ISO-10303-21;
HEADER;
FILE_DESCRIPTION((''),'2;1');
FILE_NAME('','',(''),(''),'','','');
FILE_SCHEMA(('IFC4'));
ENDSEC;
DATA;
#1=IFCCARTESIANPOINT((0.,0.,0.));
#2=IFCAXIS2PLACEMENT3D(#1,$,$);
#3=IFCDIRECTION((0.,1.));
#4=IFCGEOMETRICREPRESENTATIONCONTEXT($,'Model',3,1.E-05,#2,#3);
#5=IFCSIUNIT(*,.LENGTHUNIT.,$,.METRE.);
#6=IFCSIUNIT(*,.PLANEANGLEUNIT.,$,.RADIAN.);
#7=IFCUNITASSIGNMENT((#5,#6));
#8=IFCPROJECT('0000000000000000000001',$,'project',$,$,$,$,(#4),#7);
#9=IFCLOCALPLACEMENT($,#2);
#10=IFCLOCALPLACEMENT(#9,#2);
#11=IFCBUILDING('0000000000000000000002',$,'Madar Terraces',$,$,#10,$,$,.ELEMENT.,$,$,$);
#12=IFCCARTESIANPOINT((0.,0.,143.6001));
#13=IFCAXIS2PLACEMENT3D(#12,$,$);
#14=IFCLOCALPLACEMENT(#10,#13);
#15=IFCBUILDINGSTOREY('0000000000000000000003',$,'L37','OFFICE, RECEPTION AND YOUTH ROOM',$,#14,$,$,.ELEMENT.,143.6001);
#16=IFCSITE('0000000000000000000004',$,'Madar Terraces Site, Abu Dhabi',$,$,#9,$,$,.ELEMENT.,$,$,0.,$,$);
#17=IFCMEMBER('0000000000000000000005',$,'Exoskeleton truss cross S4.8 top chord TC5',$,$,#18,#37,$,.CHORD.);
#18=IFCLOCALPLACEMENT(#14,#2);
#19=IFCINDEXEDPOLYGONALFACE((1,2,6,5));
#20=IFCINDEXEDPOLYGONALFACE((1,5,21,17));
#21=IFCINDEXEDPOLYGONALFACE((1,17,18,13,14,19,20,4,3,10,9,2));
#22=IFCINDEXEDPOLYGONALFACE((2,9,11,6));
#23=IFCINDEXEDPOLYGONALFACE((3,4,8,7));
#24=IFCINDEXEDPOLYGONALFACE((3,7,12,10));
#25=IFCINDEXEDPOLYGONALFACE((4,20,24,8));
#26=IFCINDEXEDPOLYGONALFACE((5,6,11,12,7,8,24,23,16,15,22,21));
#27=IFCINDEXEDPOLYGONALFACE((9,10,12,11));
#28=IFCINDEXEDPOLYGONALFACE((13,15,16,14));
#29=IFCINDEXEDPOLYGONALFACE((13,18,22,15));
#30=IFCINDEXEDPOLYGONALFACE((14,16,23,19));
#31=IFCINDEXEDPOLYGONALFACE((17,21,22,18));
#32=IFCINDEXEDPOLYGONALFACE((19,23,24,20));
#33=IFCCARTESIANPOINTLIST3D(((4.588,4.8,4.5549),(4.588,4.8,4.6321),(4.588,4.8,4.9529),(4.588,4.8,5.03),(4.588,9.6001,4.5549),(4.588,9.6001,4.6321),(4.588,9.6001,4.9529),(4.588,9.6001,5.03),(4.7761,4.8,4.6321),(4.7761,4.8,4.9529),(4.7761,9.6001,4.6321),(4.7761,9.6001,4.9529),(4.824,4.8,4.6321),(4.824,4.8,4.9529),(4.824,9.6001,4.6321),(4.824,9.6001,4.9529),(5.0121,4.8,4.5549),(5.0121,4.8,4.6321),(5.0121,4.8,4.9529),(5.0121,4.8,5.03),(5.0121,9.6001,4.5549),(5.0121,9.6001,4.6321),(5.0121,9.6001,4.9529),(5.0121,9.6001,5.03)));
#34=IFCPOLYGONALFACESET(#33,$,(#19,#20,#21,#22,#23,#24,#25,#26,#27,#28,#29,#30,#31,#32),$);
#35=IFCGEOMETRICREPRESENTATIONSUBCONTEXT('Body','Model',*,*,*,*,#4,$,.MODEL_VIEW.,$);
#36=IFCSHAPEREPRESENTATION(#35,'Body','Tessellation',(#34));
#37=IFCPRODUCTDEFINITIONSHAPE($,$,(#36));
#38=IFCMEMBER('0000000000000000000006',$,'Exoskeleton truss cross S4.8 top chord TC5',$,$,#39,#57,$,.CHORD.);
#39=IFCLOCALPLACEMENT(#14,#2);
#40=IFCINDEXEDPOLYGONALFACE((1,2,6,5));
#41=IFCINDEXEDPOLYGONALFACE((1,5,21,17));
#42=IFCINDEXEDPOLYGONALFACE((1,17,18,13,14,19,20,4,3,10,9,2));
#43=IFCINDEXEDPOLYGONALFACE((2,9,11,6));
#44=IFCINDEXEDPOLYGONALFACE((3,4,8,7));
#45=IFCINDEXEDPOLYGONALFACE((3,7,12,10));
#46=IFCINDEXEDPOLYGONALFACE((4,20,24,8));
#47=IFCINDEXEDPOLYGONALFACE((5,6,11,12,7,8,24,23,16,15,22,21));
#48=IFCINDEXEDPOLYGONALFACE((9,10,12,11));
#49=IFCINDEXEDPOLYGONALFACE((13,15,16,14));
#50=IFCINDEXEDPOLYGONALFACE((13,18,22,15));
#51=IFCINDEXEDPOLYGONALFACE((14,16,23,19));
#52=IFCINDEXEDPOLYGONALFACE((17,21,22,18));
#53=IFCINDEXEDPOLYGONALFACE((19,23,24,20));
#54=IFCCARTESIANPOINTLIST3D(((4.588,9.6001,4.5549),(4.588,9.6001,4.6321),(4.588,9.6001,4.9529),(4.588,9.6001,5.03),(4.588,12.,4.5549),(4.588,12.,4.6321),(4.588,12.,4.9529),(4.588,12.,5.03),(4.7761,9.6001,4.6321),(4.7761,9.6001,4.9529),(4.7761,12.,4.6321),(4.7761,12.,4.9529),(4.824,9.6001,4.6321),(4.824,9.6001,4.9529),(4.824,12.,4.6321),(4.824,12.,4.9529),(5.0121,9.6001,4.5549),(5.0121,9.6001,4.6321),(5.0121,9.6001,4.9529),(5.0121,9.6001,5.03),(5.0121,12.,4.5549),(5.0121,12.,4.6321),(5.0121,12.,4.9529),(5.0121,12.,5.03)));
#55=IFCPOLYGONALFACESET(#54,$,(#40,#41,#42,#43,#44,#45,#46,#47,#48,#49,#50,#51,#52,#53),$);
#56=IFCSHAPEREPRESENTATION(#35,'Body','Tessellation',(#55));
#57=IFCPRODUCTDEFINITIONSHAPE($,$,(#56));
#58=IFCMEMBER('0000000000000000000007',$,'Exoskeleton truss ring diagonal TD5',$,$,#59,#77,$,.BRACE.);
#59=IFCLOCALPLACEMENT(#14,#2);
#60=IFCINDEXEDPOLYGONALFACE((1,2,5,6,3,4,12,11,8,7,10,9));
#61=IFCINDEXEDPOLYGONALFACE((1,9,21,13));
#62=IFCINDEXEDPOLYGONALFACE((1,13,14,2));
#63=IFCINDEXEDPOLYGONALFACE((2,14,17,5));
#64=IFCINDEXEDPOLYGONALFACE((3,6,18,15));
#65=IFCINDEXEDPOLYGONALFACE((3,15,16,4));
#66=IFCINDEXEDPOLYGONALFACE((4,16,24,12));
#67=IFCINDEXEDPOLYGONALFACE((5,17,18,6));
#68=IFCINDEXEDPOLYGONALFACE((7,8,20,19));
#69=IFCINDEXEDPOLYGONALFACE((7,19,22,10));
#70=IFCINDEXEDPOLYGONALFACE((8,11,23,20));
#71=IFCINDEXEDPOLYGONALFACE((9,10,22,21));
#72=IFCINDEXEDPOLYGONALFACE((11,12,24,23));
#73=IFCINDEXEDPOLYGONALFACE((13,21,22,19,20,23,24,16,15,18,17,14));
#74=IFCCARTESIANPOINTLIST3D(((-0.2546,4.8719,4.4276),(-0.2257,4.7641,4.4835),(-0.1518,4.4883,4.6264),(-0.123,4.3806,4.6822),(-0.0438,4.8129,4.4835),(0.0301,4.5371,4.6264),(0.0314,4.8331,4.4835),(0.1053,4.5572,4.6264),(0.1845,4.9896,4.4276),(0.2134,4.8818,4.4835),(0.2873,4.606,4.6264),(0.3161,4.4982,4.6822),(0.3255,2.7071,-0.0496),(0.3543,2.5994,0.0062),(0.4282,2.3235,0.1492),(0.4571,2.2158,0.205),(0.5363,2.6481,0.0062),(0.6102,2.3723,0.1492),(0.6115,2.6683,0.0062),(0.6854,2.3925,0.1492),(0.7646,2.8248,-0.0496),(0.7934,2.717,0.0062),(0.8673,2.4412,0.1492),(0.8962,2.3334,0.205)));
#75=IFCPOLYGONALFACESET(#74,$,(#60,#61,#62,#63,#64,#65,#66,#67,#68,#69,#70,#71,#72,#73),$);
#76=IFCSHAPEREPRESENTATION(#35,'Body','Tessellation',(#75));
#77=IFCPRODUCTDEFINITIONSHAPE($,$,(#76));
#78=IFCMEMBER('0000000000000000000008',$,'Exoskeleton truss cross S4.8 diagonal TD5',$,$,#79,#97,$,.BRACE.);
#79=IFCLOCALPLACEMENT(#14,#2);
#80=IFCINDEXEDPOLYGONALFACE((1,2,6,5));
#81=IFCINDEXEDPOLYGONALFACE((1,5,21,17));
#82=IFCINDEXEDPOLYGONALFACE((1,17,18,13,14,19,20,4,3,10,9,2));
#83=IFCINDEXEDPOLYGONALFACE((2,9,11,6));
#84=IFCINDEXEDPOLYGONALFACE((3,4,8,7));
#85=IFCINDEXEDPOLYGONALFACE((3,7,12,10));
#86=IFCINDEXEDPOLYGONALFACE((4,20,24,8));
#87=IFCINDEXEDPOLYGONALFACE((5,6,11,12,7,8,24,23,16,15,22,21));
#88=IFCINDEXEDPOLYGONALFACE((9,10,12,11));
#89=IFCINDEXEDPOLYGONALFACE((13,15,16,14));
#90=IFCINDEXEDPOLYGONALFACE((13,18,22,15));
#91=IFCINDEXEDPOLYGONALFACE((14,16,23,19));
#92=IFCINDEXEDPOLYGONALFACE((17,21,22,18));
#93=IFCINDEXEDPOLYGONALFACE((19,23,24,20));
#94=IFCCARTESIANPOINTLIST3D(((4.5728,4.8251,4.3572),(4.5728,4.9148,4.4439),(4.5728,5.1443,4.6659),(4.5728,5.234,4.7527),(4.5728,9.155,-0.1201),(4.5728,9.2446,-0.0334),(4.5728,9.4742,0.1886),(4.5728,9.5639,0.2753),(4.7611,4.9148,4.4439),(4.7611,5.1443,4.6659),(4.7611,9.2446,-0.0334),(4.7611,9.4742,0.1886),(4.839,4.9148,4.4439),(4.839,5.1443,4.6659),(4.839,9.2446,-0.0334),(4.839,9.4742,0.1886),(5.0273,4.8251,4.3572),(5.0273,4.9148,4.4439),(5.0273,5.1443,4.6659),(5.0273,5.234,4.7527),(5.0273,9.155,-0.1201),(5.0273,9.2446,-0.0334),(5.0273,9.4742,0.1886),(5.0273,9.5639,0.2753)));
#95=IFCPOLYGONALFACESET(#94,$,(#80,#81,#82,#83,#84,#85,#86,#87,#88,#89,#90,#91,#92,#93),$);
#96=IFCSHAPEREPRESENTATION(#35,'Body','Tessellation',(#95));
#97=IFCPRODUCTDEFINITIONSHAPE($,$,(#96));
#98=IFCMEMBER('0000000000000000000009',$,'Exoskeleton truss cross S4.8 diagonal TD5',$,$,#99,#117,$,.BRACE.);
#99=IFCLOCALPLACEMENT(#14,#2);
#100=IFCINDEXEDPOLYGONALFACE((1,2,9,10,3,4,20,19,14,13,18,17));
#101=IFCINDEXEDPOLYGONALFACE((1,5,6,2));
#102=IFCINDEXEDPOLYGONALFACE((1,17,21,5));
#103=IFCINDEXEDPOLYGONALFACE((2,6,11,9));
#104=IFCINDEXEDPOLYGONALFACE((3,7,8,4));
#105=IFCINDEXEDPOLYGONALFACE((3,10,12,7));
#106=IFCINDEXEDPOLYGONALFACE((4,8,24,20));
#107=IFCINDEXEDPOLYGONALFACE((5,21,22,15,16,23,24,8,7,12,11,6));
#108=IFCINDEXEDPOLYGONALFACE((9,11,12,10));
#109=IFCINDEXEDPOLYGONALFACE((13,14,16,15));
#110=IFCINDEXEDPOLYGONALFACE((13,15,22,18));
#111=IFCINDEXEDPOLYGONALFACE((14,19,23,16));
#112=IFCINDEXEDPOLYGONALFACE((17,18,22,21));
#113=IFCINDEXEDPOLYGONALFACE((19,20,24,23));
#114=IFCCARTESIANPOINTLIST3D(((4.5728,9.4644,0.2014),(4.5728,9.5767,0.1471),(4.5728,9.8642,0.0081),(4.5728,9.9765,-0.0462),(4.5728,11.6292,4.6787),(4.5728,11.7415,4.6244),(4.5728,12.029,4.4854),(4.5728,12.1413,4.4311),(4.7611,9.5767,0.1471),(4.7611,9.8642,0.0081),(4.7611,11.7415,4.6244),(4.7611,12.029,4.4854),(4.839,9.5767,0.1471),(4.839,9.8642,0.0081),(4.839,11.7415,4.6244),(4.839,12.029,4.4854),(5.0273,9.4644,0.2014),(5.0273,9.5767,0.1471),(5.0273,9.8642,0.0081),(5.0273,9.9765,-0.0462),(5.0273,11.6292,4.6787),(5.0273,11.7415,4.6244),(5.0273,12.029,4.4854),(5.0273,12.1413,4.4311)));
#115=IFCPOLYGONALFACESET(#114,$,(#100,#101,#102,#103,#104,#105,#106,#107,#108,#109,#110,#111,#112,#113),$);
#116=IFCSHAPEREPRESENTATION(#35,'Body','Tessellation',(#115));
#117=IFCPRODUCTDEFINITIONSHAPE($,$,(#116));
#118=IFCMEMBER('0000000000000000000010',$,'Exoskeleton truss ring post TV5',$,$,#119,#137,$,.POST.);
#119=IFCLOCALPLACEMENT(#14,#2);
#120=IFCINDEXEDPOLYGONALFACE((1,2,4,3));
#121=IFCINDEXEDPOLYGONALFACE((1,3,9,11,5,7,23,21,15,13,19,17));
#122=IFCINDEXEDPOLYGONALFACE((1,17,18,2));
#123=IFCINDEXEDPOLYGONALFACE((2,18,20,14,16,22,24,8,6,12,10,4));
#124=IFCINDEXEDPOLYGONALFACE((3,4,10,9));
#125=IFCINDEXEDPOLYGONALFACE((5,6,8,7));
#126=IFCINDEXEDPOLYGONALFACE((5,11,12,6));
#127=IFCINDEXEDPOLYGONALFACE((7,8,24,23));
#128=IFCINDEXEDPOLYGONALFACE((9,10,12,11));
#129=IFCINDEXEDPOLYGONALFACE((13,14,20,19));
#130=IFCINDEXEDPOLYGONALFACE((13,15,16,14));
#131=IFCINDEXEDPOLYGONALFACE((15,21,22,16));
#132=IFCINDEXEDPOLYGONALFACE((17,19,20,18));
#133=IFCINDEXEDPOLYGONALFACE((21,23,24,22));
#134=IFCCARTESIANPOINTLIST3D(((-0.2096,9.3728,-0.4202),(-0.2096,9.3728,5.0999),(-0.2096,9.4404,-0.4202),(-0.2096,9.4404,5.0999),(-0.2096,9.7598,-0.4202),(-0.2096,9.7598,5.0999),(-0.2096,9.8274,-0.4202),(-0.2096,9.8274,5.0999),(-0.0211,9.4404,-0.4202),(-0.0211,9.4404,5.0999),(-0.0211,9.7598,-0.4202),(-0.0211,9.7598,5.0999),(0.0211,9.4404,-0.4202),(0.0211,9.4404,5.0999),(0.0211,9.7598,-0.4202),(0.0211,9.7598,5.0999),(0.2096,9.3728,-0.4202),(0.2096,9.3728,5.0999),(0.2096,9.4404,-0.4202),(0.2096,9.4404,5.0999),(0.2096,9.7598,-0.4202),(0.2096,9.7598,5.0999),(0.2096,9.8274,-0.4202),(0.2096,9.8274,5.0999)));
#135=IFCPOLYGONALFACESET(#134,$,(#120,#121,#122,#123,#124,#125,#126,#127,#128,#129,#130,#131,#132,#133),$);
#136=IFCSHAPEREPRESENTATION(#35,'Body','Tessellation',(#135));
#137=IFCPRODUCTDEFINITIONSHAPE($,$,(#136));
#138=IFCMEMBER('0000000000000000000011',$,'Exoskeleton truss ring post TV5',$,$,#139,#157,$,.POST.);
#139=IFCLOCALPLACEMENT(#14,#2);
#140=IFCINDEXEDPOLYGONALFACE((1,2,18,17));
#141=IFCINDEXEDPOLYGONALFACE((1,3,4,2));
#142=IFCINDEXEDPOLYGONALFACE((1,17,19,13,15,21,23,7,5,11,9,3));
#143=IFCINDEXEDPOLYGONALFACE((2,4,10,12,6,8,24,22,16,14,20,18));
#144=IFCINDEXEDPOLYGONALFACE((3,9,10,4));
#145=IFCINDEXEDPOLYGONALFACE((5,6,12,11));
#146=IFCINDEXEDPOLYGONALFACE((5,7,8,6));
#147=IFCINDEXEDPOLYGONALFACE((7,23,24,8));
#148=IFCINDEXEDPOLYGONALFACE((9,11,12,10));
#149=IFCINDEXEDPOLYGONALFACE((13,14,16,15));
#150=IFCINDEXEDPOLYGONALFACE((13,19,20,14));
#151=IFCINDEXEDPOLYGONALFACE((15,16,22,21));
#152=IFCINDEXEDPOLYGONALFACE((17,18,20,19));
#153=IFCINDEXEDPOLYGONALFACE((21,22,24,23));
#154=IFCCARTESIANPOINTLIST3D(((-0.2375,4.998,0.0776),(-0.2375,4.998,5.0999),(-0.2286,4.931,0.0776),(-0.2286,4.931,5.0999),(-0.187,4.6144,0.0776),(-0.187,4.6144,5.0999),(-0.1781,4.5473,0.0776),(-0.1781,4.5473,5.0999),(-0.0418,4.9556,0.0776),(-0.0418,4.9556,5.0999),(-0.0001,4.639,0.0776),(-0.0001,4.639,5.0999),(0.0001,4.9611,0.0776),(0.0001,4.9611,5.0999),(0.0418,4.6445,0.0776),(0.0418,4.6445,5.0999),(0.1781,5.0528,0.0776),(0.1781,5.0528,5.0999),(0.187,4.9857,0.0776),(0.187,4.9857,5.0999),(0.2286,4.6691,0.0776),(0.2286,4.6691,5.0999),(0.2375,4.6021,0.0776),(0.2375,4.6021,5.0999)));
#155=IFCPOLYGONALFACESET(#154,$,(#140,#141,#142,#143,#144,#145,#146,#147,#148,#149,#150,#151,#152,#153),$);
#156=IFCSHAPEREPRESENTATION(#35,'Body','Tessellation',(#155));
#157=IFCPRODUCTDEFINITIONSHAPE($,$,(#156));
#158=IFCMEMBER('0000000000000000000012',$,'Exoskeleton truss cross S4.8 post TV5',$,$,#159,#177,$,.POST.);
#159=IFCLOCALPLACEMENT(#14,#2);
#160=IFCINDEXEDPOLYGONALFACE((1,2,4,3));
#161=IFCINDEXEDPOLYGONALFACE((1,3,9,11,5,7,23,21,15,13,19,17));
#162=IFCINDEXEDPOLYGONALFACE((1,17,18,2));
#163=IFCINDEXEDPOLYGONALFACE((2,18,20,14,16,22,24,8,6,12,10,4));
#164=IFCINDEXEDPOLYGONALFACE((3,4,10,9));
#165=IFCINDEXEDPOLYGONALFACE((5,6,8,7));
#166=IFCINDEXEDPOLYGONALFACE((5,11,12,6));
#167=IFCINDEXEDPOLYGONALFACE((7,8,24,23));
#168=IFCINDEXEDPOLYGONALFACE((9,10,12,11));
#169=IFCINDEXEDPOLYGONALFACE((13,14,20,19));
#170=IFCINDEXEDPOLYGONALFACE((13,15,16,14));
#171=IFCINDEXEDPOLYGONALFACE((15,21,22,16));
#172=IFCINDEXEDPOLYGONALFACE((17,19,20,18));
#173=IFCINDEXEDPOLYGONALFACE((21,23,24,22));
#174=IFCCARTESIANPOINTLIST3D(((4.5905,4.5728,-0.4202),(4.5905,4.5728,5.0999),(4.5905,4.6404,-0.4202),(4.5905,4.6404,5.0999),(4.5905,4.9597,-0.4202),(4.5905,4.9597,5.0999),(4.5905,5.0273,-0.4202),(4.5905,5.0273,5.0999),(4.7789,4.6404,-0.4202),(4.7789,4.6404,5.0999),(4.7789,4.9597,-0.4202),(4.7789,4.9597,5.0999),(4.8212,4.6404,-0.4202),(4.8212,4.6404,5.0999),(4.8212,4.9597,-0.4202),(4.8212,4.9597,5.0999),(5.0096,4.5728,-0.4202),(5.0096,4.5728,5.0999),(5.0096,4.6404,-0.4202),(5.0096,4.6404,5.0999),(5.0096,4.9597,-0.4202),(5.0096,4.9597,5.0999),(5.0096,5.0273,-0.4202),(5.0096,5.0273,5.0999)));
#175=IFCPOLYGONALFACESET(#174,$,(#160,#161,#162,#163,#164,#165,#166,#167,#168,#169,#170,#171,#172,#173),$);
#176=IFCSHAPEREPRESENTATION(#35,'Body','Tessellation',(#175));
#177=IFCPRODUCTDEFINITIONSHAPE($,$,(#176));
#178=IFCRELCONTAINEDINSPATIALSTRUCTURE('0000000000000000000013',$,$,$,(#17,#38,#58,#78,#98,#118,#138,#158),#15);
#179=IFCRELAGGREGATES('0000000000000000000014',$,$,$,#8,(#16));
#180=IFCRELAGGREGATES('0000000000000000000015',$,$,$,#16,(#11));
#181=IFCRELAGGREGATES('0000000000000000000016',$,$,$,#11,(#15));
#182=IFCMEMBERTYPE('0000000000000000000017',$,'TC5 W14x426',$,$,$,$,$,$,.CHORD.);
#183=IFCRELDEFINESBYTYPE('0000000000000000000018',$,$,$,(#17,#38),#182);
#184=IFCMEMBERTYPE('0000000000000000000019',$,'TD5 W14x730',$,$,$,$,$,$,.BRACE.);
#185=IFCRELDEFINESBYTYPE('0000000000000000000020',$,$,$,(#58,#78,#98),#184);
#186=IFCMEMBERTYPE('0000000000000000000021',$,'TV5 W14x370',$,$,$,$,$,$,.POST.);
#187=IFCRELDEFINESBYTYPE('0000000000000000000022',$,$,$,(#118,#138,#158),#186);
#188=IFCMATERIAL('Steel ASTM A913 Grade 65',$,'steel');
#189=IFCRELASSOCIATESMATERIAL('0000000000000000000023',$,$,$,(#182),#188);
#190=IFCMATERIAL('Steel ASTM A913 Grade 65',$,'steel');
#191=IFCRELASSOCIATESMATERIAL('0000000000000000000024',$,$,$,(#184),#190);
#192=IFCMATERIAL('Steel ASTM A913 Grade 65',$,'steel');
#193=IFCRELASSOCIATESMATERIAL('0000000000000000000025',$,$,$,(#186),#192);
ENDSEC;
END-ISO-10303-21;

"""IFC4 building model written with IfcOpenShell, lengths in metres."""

from ifc_helpers import new_model, si_unit, direction, frame, origin, origin_2d, place, context, subcontext, project, spatial, i_section, extrude, material, material_profile, profile_set, type_object, element, save


model = new_model("IFC4")

# Units and contexts
model_context = context("Model", 3, precision=1e-05, world=origin(), true_north=direction((0.0, 1.0)))
body_context = subcontext(model_context, "Body", "Model", "MODEL_VIEW")
ifc_project = project(units=[si_unit("LENGTHUNIT", "METRE"), si_unit("PLANEANGLEUNIT", "RADIAN")], contexts=[model_context])

# Site, building, storey
site_placement = place(None, origin())
site = spatial("IfcSite", under=ifc_project, at=site_placement, Name="Madar Terraces Site, Abu Dhabi", CompositionType="ELEMENT", RefElevation=0.0)
building_placement = place(site_placement, origin())
building = spatial("IfcBuilding", under=site, at=building_placement, Name="Madar Terraces", CompositionType="ELEMENT")
storey_placement = place(building_placement, frame((0.0, 0.0, 143.6001)))
storey = spatial("IfcBuildingStorey", under=building, at=storey_placement, Name="L37", Description="OFFICE, RECEPTION AND YOUTH ROOM", CompositionType="ELEMENT", Elevation=143.6001)

# Members
ifc_material_1 = material(Name="Steel ASTM A913 Grade 65", Category="steel")
ifc_material_profile_1 = material_profile(ifc_material_1, i_section(OverallWidth=0.4241, OverallDepth=0.4751, WebThickness=0.0479, FlangeThickness=0.0771, at=origin_2d()), Name="W14x426")
ifc_profile_set_1 = profile_set([ifc_material_profile_1], Name="Steel ASTM A913 Grade 65")
member_type_1 = type_object("IfcMemberType", Name="TC5 W14x426", PredefinedType="CHORD", material=ifc_profile_set_1)
member_1_placement = place(storey_placement, frame((4.8, 4.8, 4.7925), z_axis=(0.0, 1.0, 0.0), x_axis=(-1.0, 0.0, 0.0)))
element("IfcMember", 1, at=member_1_placement, inside=storey, type_object=member_type_1, Name="Exoskeleton truss cross S4.8 top chord TC5", PredefinedType="CHORD", context=body_context, shape_type="SweptSolid", body=[
    extrude(i_section(OverallWidth=0.4241, OverallDepth=0.4751, WebThickness=0.0479, FlangeThickness=0.0771, at=origin_2d()), origin(), (0.0, 0.0, 1.0), 4.8),
])
member_2_placement = place(storey_placement, frame((4.8, 9.6001, 4.7925), z_axis=(0.0, 1.0, 0.0), x_axis=(-1.0, 0.0, 0.0)))
element("IfcMember", 2, at=member_2_placement, inside=storey, type_object=member_type_1, Name="Exoskeleton truss cross S4.8 top chord TC5", PredefinedType="CHORD", context=body_context, shape_type="SweptSolid", body=[
    extrude(i_section(OverallWidth=0.4241, OverallDepth=0.4751, WebThickness=0.0479, FlangeThickness=0.0771, at=origin_2d()), origin(), (0.0, 0.0, 1.0), 2.3999),
])
ifc_material_2 = material(Name="Steel ASTM A913 Grade 65", Category="steel")
ifc_material_profile_2 = material_profile(ifc_material_2, i_section(OverallWidth=0.4546, OverallDepth=0.5688, WebThickness=0.0779, FlangeThickness=0.1248, at=origin_2d()), Name="W14x730")
ifc_profile_set_2 = profile_set([ifc_material_profile_2], Name="Steel ASTM A913 Grade 65")
member_type_2 = type_object("IfcMemberType", Name="TD5 W14x730", PredefinedType="BRACE", material=ifc_profile_set_2)
member_3_placement = place(storey_placement, frame((0.0308, 4.6851, 4.5549), z_axis=(0.115856, -0.432363, -0.894226), x_axis=(0.965923, 0.258829, 0.0)))
element("IfcMember", 3, at=member_3_placement, inside=storey, type_object=member_type_2, Name="Exoskeleton truss ring diagonal TD5", PredefinedType="BRACE", context=body_context, shape_type="SweptSolid", body=[
    extrude(i_section(OverallWidth=0.4546, OverallDepth=0.5688, WebThickness=0.0779, FlangeThickness=0.1248, at=origin_2d()), origin(), (0.0, 0.0, 1.0), 5.0068),
])
member_4_placement = place(storey_placement, frame((4.8, 5.0295, 4.5549), z_axis=(0.0, 0.69517, -0.718845), x_axis=(-1.0, 0.0, 0.0)))
element("IfcMember", 4, at=member_4_placement, inside=storey, type_object=member_type_2, Name="Exoskeleton truss cross S4.8 diagonal TD5", PredefinedType="BRACE", context=body_context, shape_type="SweptSolid", body=[
    extrude(i_section(OverallWidth=0.4546, OverallDepth=0.5688, WebThickness=0.0779, FlangeThickness=0.1248, at=origin_2d()), origin(), (0.0, 0.0, 1.0), 6.2285),
])
member_5_placement = place(storey_placement, frame((4.8, 9.7205, 0.0776), z_axis=(0.0, 0.435294, 0.900288), x_axis=(-1.0, 0.0, 0.0)))
element("IfcMember", 5, at=member_5_placement, inside=storey, type_object=member_type_2, Name="Exoskeleton truss cross S4.8 diagonal TD5", PredefinedType="BRACE", context=body_context, shape_type="SweptSolid", body=[
    extrude(i_section(OverallWidth=0.4546, OverallDepth=0.5688, WebThickness=0.0779, FlangeThickness=0.1248, at=origin_2d()), origin(), (0.0, 0.0, 1.0), 4.9731),
])
ifc_material_3 = material(Name="Steel ASTM A913 Grade 65", Category="steel")
ifc_material_profile_3 = material_profile(ifc_material_3, i_section(OverallWidth=0.4192, OverallDepth=0.4546, WebThickness=0.0422, FlangeThickness=0.0676, at=origin_2d()), Name="W14x370")
ifc_profile_set_3 = profile_set([ifc_material_profile_3], Name="Steel ASTM A913 Grade 65")
member_type_3 = type_object("IfcMemberType", Name="TV5 W14x370", PredefinedType="POST", material=ifc_profile_set_3)
member_6_placement = place(storey_placement, frame((0.0, 9.6001, -0.4202), z_axis=(0.0, 0.0, 1.0), x_axis=(1.0, 0.0, 0.0)))
element("IfcMember", 6, at=member_6_placement, inside=storey, type_object=member_type_3, Name="Exoskeleton truss ring post TV5", PredefinedType="POST", context=body_context, shape_type="SweptSolid", body=[
    extrude(i_section(OverallWidth=0.4192, OverallDepth=0.4546, WebThickness=0.0422, FlangeThickness=0.0676, at=origin_2d()), origin(), (0.0, 0.0, 1.0), 5.52),
])
member_7_placement = place(storey_placement, frame((0.0, 4.8, 0.0776), z_axis=(0.0, 0.0, 1.0), x_axis=(0.991445, 0.130526, 0.0)))
element("IfcMember", 7, at=member_7_placement, inside=storey, type_object=member_type_3, Name="Exoskeleton truss ring post TV5", PredefinedType="POST", context=body_context, shape_type="SweptSolid", body=[
    extrude(i_section(OverallWidth=0.4192, OverallDepth=0.4546, WebThickness=0.0422, FlangeThickness=0.0676, at=origin_2d()), origin(), (0.0, 0.0, 1.0), 5.0222),
])
member_8_placement = place(storey_placement, frame((4.8, 4.8, -0.4202), z_axis=(0.0, 0.0, 1.0), x_axis=(-1.0, 0.0, 0.0)))
element("IfcMember", 8, at=member_8_placement, inside=storey, type_object=member_type_3, Name="Exoskeleton truss cross S4.8 post TV5", PredefinedType="POST", context=body_context, shape_type="SweptSolid", body=[
    extrude(i_section(OverallWidth=0.4192, OverallDepth=0.4546, WebThickness=0.0422, FlangeThickness=0.0676, at=origin_2d()), origin(), (0.0, 0.0, 1.0), 5.52),
])

save(model, "model.ifc")
